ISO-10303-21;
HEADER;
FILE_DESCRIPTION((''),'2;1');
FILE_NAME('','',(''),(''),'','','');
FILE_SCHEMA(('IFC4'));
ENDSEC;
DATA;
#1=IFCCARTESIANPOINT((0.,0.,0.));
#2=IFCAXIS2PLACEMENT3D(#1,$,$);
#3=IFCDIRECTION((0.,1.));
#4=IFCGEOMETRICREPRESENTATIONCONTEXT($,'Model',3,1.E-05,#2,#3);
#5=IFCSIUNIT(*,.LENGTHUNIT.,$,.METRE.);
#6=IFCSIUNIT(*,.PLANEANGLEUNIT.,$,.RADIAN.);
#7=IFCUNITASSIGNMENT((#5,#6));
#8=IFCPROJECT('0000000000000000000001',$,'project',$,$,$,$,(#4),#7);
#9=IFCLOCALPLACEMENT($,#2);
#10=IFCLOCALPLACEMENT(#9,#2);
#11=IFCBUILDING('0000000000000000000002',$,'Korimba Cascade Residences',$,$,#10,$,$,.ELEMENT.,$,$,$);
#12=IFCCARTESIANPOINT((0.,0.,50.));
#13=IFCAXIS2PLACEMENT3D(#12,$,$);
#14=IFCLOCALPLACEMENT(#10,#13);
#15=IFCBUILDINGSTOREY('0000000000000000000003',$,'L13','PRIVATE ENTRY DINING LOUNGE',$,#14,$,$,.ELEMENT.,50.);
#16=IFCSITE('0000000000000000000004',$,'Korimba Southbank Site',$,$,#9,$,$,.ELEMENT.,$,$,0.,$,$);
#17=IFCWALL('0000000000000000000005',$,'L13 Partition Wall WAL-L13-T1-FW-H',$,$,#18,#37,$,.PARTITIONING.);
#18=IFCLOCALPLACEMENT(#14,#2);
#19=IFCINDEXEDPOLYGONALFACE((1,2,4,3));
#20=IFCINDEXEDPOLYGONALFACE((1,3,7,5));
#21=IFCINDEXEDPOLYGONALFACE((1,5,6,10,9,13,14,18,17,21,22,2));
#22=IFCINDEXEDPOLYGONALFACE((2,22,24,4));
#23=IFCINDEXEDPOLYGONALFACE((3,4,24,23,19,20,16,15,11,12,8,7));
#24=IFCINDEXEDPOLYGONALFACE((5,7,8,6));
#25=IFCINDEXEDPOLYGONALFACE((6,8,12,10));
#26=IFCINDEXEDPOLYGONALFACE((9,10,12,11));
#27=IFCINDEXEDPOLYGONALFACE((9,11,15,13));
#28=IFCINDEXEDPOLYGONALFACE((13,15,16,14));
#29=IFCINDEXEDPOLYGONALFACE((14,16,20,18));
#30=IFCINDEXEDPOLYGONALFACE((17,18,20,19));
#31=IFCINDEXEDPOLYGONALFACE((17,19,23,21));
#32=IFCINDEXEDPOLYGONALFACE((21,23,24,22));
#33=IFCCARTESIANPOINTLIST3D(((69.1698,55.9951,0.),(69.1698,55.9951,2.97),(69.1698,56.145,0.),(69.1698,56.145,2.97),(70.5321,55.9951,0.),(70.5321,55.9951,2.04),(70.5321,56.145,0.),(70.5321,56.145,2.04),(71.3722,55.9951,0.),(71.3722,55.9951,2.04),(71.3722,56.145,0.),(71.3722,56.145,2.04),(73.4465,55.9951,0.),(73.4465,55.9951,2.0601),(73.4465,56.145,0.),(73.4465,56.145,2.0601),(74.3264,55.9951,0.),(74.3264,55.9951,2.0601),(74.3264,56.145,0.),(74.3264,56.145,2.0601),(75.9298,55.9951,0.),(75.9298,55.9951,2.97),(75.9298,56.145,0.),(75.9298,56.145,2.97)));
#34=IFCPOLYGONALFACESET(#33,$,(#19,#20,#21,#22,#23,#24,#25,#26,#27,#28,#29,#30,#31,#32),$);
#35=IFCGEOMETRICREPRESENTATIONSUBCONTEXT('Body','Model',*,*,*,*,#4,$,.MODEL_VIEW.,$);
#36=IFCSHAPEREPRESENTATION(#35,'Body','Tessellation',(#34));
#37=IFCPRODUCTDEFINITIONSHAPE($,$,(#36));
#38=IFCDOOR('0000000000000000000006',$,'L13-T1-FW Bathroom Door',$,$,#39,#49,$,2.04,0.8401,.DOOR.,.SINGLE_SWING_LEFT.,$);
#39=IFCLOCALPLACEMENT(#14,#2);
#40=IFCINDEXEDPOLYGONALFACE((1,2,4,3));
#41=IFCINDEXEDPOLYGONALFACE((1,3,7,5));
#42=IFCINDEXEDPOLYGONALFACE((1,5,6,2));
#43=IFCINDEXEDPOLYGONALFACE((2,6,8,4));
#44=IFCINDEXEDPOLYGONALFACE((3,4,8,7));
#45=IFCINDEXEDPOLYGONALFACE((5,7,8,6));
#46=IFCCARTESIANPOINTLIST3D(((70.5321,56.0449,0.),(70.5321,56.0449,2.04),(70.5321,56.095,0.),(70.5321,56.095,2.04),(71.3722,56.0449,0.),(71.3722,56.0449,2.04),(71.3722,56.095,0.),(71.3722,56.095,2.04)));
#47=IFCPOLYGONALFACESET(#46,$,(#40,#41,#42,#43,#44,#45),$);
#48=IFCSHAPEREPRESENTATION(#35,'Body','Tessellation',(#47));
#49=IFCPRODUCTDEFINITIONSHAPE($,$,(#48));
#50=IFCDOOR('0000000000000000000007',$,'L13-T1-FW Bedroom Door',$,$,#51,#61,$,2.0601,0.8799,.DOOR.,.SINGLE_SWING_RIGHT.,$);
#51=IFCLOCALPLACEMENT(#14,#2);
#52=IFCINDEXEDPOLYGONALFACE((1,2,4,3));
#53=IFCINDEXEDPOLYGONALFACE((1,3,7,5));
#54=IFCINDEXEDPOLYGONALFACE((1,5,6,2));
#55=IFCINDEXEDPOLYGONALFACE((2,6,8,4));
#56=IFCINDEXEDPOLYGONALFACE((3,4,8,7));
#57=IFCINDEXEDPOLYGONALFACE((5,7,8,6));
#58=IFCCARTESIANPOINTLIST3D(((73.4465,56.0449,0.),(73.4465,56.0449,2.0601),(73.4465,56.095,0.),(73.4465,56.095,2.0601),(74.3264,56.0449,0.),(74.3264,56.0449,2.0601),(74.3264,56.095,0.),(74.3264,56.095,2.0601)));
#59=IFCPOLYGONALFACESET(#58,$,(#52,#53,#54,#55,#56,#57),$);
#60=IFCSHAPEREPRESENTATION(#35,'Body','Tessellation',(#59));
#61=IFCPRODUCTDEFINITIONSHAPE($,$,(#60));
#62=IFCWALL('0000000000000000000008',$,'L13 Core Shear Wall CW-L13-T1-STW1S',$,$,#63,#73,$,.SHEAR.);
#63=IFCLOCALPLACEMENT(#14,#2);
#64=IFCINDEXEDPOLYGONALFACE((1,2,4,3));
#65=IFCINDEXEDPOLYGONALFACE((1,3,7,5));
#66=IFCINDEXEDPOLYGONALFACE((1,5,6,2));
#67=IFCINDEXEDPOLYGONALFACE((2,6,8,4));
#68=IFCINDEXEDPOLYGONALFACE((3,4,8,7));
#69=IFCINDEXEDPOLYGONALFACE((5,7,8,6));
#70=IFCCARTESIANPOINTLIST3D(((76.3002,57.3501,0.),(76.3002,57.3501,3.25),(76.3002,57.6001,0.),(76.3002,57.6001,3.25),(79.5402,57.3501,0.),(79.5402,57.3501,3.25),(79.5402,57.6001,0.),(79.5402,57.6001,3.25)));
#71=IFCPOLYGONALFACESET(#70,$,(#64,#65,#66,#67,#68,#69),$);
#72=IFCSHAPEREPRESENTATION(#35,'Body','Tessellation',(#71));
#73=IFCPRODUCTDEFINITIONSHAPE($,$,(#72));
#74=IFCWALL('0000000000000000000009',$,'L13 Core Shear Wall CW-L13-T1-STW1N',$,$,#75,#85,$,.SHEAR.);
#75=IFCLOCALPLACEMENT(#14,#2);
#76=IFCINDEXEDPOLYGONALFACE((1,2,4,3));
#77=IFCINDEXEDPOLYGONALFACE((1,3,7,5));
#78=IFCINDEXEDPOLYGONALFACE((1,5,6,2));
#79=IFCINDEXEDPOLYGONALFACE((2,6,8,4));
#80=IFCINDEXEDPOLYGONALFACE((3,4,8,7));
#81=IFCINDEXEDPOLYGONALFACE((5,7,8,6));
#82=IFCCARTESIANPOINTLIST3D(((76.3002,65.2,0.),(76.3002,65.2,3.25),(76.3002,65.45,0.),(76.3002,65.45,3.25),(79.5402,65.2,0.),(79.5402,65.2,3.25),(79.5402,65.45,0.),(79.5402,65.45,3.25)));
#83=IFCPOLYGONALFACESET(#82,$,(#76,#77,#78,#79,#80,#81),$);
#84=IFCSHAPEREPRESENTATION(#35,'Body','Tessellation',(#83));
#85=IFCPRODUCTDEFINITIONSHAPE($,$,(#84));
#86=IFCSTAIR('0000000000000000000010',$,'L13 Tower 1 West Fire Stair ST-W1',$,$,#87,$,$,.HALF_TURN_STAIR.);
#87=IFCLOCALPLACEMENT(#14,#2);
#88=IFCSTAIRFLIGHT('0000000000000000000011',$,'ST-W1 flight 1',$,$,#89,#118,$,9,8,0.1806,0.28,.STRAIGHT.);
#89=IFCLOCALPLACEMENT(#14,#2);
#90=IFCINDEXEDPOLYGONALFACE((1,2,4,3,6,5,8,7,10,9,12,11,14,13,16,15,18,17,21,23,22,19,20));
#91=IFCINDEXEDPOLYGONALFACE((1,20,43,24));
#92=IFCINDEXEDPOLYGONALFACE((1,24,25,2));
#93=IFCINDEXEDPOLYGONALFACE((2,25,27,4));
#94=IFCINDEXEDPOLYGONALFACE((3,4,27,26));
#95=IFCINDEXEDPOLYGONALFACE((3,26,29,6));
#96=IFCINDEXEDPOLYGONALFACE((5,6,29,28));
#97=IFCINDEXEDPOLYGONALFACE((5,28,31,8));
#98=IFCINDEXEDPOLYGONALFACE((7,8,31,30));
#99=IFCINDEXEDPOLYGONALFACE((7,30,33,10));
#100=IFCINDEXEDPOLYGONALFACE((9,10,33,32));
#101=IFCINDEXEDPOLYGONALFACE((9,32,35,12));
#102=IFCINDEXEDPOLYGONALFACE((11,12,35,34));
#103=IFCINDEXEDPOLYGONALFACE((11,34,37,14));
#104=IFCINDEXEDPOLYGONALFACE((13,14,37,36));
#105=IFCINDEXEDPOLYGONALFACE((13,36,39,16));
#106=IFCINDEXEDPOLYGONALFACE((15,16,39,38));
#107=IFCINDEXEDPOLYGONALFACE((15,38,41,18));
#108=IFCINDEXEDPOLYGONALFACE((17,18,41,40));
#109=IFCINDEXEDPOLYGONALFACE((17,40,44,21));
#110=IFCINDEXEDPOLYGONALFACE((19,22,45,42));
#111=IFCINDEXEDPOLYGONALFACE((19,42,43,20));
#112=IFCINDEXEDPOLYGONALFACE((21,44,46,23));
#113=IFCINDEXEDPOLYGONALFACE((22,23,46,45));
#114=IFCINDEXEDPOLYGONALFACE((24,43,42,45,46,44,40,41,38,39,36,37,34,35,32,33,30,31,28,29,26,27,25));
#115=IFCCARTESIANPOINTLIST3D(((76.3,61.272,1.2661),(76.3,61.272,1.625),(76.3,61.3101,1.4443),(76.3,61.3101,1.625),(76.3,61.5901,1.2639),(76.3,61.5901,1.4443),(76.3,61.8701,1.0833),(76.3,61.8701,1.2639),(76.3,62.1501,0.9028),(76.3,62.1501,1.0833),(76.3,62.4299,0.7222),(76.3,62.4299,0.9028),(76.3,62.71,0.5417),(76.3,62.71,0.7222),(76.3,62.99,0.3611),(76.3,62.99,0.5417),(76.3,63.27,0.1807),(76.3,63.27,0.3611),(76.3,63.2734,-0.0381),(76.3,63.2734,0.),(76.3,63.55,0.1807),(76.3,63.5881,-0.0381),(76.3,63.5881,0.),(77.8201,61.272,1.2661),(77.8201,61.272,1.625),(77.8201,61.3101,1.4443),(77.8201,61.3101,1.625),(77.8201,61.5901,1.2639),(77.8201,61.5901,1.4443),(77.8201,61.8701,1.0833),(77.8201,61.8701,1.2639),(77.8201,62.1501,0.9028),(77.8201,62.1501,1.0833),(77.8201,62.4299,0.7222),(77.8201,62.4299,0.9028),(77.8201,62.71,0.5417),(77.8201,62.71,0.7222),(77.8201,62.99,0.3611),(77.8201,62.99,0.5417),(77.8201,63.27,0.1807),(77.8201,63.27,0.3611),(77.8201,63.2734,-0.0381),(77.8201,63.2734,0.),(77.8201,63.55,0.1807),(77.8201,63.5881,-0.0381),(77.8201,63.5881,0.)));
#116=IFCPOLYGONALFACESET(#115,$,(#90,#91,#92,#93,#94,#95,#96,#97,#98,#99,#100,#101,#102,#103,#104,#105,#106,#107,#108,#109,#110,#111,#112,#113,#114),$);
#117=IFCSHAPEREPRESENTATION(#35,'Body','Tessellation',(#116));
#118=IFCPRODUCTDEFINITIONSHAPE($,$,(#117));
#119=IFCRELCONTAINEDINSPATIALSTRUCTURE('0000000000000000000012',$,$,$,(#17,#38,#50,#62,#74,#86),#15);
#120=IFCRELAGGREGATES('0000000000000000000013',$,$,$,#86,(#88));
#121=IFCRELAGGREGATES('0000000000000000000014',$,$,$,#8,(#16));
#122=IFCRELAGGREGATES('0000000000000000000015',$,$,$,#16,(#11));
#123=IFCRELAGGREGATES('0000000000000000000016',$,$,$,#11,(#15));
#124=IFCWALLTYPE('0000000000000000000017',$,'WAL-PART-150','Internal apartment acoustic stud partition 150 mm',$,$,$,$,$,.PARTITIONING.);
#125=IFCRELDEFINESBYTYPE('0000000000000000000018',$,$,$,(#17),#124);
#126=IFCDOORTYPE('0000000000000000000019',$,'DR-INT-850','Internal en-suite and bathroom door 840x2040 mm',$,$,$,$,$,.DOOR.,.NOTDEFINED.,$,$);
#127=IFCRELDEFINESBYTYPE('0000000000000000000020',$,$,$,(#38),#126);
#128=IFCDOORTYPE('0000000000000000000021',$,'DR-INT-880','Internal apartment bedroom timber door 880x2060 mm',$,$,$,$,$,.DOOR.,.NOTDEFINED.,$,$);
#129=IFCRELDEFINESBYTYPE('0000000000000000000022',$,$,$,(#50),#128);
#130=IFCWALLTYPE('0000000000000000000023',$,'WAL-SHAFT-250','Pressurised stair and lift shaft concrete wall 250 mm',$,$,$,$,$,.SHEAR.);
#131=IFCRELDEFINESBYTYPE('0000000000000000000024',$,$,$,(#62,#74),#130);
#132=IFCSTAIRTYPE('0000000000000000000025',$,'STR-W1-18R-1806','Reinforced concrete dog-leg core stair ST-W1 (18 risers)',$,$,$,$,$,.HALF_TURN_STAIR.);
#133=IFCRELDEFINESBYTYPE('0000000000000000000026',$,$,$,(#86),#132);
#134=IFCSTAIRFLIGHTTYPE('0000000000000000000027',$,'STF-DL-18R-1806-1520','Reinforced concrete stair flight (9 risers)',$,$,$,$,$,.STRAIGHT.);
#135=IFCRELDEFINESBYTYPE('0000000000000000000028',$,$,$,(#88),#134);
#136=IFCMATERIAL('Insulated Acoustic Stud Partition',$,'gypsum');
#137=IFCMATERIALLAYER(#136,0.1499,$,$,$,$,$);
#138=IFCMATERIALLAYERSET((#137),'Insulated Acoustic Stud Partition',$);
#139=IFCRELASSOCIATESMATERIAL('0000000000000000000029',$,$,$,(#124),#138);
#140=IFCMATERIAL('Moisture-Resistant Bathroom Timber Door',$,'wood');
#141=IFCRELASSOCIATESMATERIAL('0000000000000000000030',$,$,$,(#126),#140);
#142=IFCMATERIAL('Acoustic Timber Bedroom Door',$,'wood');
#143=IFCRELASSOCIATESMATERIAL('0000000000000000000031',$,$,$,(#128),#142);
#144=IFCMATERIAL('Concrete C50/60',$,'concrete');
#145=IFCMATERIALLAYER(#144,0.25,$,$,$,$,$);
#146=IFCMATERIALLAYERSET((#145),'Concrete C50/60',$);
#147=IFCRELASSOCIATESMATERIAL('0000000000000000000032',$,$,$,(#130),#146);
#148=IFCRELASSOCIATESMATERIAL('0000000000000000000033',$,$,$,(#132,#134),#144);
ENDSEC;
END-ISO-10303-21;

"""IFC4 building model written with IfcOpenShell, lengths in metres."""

from ifc_helpers import new_model, si_unit, direction, frame, frame_2d, origin, place, context, subcontext, project, spatial, polyline, rectangle, outline, extrude, material, layer, layer_set, type_object, element, fill, aggregate, save


model = new_model("IFC4")

# Units and contexts
model_context = context("Model", 3, precision=1e-05, world=origin(), true_north=direction((0.0, 1.0)))
body_context = subcontext(model_context, "Body", "Model", "MODEL_VIEW")
ifc_project = project(units=[si_unit("LENGTHUNIT", "METRE"), si_unit("PLANEANGLEUNIT", "RADIAN")], contexts=[model_context])

# Site, building, storey
site_placement = place(None, origin())
site = spatial("IfcSite", under=ifc_project, at=site_placement, Name="Korimba Southbank Site", CompositionType="ELEMENT", RefElevation=0.0)
building_placement = place(site_placement, origin())
building = spatial("IfcBuilding", under=site, at=building_placement, Name="Korimba Cascade Residences", CompositionType="ELEMENT")
storey_placement = place(building_placement, frame((0.0, 0.0, 50.0)))
storey = spatial("IfcBuildingStorey", under=building, at=storey_placement, Name="L13", Description="PRIVATE ENTRY DINING LOUNGE", CompositionType="ELEMENT", Elevation=50.0)

# Shared definitions
ifc_material_1 = material(Name="Concrete C50/60", Category="concrete")

# Shared definitions
ifc_material_2 = material(Name="Insulated Acoustic Stud Partition", Category="gypsum")
ifc_layer_1 = layer(ifc_material_2, 0.1499)
ifc_layer_set_1 = layer_set([ifc_layer_1], Name="Insulated Acoustic Stud Partition")
wall_type_1 = type_object("IfcWallType", Name="WAL-PART-150", Description="Internal apartment acoustic stud partition 150 mm", PredefinedType="PARTITIONING", material=ifc_layer_set_1)

# Wall, openings, doors
wall_1_placement = place(storey_placement, frame((69.1699, 56.0701, 0.0), z_axis=(0.0, 0.0, 1.0), x_axis=(1.0, 0.0, 0.0)))
wall_1 = element("IfcWall", 1, at=wall_1_placement, inside=storey, type_object=wall_type_1, Name="L13 Partition Wall WAL-L13-T1-FW-H", PredefinedType="PARTITIONING", context=body_context, shape_type="SweptSolid", body=[
    extrude(rectangle(XDim=6.76, YDim=0.1499, at=frame_2d((3.3799, 0.0))), origin(), (0.0, 0.0, 1.0), 2.97),
])
opening_1_placement = place(wall_1_placement, frame((1.3623, 0.0, 0.0)))
opening_1 = element("IfcOpeningElement", 2, at=opening_1_placement, cuts=wall_1, PredefinedType="OPENING", context=body_context, shape_type="SweptSolid", body=[
    extrude(rectangle(XDim=0.8401, YDim=2.04, at=frame_2d((0.4199, 1.02))), frame((0.0, 0.085, 0.0), z_axis=(0.0, -1.0, 0.0), x_axis=(1.0, 0.0, 0.0)), (0.0, 0.0, 1.0), 0.1699),
])
opening_2_placement = place(wall_1_placement, frame((4.2766, 0.0, 0.0)))
opening_2 = element("IfcOpeningElement", 3, at=opening_2_placement, cuts=wall_1, PredefinedType="OPENING", context=body_context, shape_type="SweptSolid", body=[
    extrude(rectangle(XDim=0.8799, YDim=2.0601, at=frame_2d((0.4399, 1.03))), frame((0.0, 0.085, 0.0), z_axis=(0.0, -1.0, 0.0), x_axis=(1.0, 0.0, 0.0)), (0.0, 0.0, 1.0), 0.1699),
])
ifc_material_3 = material(Name="Moisture-Resistant Bathroom Timber Door", Category="wood")
door_type_1 = type_object("IfcDoorType", Name="DR-INT-850", Description="Internal en-suite and bathroom door 840x2040 mm", OperationType="NOTDEFINED", PredefinedType="DOOR", material=ifc_material_3)
door_1_placement = place(opening_1_placement, origin())
door_1 = element("IfcDoor", 4, at=door_1_placement, inside=storey, type_object=door_type_1, Name="L13-T1-FW Bathroom Door", OperationType="SINGLE_SWING_LEFT", OverallHeight=2.04, OverallWidth=0.8401, PredefinedType="DOOR", context=body_context, shape_type="SweptSolid", body=[
    extrude(rectangle(XDim=0.8401, YDim=2.04, at=frame_2d((0.4199, 1.02))), frame((0.0, 0.0249, 0.0), z_axis=(0.0, -1.0, 0.0), x_axis=(1.0, 0.0, 0.0)), (0.0, 0.0, 1.0), 0.05),
])
fill(opening_1, door_1)
ifc_material_4 = material(Name="Acoustic Timber Bedroom Door", Category="wood")
door_type_2 = type_object("IfcDoorType", Name="DR-INT-880", Description="Internal apartment bedroom timber door 880x2060 mm", OperationType="NOTDEFINED", PredefinedType="DOOR", material=ifc_material_4)
door_2_placement = place(opening_2_placement, origin())
door_2 = element("IfcDoor", 5, at=door_2_placement, inside=storey, type_object=door_type_2, Name="L13-T1-FW Bedroom Door", OperationType="SINGLE_SWING_RIGHT", OverallHeight=2.0601, OverallWidth=0.8799, PredefinedType="DOOR", context=body_context, shape_type="SweptSolid", body=[
    extrude(rectangle(XDim=0.8799, YDim=2.0601, at=frame_2d((0.4399, 1.03))), frame((0.0, 0.0249, 0.0), z_axis=(0.0, -1.0, 0.0), x_axis=(1.0, 0.0, 0.0)), (0.0, 0.0, 1.0), 0.05),
])
fill(opening_2, door_2)

# Walls
ifc_layer_2 = layer(ifc_material_1, 0.25)
ifc_layer_set_2 = layer_set([ifc_layer_2], Name="Concrete C50/60")
wall_type_2 = type_object("IfcWallType", Name="WAL-SHAFT-250", Description="Pressurised stair and lift shaft concrete wall 250 mm", PredefinedType="SHEAR", material=ifc_layer_set_2)
for number, where, z_axis, x_axis, name in (
    (6, (76.3, 57.4751, 0.0), (0.0, 0.0, 1.0), (1.0, 0.0, 0.0), "L13 Core Shear Wall CW-L13-T1-STW1S"),
    (7, (76.3, 65.325, 0.0), (0.0, 0.0, 1.0), (1.0, 0.0, 0.0), "L13 Core Shear Wall CW-L13-T1-STW1N"),
):
    element("IfcWall", number, at=place(storey_placement, frame(where, z_axis=z_axis, x_axis=x_axis)), inside=storey, type_object=wall_type_2, Name=name, PredefinedType="SHEAR", context=body_context, shape_type="SweptSolid", body=[
        extrude(rectangle(XDim=3.24, YDim=0.25, at=frame_2d((1.6201, 0.0))), origin(), (0.0, 0.0, 1.0), 3.25),
    ])

# Stair, stair flight
stair_type = type_object("IfcStairType", Name="STR-W1-18R-1806", Description="Reinforced concrete dog-leg core stair ST-W1 (18 risers)", PredefinedType="HALF_TURN_STAIR", material=ifc_material_1)
stair_placement = place(storey_placement, origin())
stair = element("IfcStair", 8, at=stair_placement, inside=storey, type_object=stair_type, Name="L13 Tower 1 West Fire Stair ST-W1", PredefinedType="HALF_TURN_STAIR")
stair_flight_type = type_object("IfcStairFlightType", Name="STF-DL-18R-1806-1520", Description="Reinforced concrete stair flight (9 risers)", PredefinedType="STRAIGHT", material=ifc_material_1)
stair_flight_placement = place(storey_placement, frame((77.0601, 63.55, 0.0), z_axis=(0.0, 0.0, 1.0), x_axis=(0.0, -1.0, 0.0)))
stair_flight = element("IfcStairFlight", 9, at=stair_flight_placement, type_object=stair_flight_type, Name="ST-W1 flight 1", NumberOfRisers=9, NumberOfTreads=8, PredefinedType="STRAIGHT", RiserHeight=0.1806, TreadLength=0.28, context=body_context, shape_type="SweptSolid", body=[
    extrude(outline(polyline([(-0.0381, 0.0), (0.0, 0.1807), (0.28, 0.1807), (0.28, 0.3611), (0.5601, 0.3611), (0.5601, 0.5417), (0.8401, 0.5417), (0.8401, 0.7222), (1.1201, 0.7222), (1.1201, 0.9028), (1.3999, 0.9028), (1.3999, 1.0833), (1.6799, 1.0833), (1.6799, 1.2639), (1.96, 1.2639), (1.96, 1.4443), (2.24, 1.4443), (2.24, 1.625), (2.2781, 1.625), (2.2781, 1.2661), (0.2766, 0.0), (0.2766, -0.0381), (-0.0381, -0.0381), (-0.0381, 0.0)])), frame((0.0, 0.76, 0.0), z_axis=(0.0, -1.0, 0.0), x_axis=(1.0, 0.0, 0.0)), (0.0, 0.0, 1.0), 1.52),
])
aggregate(stair, [stair_flight])

save(model, "model.ifc")
